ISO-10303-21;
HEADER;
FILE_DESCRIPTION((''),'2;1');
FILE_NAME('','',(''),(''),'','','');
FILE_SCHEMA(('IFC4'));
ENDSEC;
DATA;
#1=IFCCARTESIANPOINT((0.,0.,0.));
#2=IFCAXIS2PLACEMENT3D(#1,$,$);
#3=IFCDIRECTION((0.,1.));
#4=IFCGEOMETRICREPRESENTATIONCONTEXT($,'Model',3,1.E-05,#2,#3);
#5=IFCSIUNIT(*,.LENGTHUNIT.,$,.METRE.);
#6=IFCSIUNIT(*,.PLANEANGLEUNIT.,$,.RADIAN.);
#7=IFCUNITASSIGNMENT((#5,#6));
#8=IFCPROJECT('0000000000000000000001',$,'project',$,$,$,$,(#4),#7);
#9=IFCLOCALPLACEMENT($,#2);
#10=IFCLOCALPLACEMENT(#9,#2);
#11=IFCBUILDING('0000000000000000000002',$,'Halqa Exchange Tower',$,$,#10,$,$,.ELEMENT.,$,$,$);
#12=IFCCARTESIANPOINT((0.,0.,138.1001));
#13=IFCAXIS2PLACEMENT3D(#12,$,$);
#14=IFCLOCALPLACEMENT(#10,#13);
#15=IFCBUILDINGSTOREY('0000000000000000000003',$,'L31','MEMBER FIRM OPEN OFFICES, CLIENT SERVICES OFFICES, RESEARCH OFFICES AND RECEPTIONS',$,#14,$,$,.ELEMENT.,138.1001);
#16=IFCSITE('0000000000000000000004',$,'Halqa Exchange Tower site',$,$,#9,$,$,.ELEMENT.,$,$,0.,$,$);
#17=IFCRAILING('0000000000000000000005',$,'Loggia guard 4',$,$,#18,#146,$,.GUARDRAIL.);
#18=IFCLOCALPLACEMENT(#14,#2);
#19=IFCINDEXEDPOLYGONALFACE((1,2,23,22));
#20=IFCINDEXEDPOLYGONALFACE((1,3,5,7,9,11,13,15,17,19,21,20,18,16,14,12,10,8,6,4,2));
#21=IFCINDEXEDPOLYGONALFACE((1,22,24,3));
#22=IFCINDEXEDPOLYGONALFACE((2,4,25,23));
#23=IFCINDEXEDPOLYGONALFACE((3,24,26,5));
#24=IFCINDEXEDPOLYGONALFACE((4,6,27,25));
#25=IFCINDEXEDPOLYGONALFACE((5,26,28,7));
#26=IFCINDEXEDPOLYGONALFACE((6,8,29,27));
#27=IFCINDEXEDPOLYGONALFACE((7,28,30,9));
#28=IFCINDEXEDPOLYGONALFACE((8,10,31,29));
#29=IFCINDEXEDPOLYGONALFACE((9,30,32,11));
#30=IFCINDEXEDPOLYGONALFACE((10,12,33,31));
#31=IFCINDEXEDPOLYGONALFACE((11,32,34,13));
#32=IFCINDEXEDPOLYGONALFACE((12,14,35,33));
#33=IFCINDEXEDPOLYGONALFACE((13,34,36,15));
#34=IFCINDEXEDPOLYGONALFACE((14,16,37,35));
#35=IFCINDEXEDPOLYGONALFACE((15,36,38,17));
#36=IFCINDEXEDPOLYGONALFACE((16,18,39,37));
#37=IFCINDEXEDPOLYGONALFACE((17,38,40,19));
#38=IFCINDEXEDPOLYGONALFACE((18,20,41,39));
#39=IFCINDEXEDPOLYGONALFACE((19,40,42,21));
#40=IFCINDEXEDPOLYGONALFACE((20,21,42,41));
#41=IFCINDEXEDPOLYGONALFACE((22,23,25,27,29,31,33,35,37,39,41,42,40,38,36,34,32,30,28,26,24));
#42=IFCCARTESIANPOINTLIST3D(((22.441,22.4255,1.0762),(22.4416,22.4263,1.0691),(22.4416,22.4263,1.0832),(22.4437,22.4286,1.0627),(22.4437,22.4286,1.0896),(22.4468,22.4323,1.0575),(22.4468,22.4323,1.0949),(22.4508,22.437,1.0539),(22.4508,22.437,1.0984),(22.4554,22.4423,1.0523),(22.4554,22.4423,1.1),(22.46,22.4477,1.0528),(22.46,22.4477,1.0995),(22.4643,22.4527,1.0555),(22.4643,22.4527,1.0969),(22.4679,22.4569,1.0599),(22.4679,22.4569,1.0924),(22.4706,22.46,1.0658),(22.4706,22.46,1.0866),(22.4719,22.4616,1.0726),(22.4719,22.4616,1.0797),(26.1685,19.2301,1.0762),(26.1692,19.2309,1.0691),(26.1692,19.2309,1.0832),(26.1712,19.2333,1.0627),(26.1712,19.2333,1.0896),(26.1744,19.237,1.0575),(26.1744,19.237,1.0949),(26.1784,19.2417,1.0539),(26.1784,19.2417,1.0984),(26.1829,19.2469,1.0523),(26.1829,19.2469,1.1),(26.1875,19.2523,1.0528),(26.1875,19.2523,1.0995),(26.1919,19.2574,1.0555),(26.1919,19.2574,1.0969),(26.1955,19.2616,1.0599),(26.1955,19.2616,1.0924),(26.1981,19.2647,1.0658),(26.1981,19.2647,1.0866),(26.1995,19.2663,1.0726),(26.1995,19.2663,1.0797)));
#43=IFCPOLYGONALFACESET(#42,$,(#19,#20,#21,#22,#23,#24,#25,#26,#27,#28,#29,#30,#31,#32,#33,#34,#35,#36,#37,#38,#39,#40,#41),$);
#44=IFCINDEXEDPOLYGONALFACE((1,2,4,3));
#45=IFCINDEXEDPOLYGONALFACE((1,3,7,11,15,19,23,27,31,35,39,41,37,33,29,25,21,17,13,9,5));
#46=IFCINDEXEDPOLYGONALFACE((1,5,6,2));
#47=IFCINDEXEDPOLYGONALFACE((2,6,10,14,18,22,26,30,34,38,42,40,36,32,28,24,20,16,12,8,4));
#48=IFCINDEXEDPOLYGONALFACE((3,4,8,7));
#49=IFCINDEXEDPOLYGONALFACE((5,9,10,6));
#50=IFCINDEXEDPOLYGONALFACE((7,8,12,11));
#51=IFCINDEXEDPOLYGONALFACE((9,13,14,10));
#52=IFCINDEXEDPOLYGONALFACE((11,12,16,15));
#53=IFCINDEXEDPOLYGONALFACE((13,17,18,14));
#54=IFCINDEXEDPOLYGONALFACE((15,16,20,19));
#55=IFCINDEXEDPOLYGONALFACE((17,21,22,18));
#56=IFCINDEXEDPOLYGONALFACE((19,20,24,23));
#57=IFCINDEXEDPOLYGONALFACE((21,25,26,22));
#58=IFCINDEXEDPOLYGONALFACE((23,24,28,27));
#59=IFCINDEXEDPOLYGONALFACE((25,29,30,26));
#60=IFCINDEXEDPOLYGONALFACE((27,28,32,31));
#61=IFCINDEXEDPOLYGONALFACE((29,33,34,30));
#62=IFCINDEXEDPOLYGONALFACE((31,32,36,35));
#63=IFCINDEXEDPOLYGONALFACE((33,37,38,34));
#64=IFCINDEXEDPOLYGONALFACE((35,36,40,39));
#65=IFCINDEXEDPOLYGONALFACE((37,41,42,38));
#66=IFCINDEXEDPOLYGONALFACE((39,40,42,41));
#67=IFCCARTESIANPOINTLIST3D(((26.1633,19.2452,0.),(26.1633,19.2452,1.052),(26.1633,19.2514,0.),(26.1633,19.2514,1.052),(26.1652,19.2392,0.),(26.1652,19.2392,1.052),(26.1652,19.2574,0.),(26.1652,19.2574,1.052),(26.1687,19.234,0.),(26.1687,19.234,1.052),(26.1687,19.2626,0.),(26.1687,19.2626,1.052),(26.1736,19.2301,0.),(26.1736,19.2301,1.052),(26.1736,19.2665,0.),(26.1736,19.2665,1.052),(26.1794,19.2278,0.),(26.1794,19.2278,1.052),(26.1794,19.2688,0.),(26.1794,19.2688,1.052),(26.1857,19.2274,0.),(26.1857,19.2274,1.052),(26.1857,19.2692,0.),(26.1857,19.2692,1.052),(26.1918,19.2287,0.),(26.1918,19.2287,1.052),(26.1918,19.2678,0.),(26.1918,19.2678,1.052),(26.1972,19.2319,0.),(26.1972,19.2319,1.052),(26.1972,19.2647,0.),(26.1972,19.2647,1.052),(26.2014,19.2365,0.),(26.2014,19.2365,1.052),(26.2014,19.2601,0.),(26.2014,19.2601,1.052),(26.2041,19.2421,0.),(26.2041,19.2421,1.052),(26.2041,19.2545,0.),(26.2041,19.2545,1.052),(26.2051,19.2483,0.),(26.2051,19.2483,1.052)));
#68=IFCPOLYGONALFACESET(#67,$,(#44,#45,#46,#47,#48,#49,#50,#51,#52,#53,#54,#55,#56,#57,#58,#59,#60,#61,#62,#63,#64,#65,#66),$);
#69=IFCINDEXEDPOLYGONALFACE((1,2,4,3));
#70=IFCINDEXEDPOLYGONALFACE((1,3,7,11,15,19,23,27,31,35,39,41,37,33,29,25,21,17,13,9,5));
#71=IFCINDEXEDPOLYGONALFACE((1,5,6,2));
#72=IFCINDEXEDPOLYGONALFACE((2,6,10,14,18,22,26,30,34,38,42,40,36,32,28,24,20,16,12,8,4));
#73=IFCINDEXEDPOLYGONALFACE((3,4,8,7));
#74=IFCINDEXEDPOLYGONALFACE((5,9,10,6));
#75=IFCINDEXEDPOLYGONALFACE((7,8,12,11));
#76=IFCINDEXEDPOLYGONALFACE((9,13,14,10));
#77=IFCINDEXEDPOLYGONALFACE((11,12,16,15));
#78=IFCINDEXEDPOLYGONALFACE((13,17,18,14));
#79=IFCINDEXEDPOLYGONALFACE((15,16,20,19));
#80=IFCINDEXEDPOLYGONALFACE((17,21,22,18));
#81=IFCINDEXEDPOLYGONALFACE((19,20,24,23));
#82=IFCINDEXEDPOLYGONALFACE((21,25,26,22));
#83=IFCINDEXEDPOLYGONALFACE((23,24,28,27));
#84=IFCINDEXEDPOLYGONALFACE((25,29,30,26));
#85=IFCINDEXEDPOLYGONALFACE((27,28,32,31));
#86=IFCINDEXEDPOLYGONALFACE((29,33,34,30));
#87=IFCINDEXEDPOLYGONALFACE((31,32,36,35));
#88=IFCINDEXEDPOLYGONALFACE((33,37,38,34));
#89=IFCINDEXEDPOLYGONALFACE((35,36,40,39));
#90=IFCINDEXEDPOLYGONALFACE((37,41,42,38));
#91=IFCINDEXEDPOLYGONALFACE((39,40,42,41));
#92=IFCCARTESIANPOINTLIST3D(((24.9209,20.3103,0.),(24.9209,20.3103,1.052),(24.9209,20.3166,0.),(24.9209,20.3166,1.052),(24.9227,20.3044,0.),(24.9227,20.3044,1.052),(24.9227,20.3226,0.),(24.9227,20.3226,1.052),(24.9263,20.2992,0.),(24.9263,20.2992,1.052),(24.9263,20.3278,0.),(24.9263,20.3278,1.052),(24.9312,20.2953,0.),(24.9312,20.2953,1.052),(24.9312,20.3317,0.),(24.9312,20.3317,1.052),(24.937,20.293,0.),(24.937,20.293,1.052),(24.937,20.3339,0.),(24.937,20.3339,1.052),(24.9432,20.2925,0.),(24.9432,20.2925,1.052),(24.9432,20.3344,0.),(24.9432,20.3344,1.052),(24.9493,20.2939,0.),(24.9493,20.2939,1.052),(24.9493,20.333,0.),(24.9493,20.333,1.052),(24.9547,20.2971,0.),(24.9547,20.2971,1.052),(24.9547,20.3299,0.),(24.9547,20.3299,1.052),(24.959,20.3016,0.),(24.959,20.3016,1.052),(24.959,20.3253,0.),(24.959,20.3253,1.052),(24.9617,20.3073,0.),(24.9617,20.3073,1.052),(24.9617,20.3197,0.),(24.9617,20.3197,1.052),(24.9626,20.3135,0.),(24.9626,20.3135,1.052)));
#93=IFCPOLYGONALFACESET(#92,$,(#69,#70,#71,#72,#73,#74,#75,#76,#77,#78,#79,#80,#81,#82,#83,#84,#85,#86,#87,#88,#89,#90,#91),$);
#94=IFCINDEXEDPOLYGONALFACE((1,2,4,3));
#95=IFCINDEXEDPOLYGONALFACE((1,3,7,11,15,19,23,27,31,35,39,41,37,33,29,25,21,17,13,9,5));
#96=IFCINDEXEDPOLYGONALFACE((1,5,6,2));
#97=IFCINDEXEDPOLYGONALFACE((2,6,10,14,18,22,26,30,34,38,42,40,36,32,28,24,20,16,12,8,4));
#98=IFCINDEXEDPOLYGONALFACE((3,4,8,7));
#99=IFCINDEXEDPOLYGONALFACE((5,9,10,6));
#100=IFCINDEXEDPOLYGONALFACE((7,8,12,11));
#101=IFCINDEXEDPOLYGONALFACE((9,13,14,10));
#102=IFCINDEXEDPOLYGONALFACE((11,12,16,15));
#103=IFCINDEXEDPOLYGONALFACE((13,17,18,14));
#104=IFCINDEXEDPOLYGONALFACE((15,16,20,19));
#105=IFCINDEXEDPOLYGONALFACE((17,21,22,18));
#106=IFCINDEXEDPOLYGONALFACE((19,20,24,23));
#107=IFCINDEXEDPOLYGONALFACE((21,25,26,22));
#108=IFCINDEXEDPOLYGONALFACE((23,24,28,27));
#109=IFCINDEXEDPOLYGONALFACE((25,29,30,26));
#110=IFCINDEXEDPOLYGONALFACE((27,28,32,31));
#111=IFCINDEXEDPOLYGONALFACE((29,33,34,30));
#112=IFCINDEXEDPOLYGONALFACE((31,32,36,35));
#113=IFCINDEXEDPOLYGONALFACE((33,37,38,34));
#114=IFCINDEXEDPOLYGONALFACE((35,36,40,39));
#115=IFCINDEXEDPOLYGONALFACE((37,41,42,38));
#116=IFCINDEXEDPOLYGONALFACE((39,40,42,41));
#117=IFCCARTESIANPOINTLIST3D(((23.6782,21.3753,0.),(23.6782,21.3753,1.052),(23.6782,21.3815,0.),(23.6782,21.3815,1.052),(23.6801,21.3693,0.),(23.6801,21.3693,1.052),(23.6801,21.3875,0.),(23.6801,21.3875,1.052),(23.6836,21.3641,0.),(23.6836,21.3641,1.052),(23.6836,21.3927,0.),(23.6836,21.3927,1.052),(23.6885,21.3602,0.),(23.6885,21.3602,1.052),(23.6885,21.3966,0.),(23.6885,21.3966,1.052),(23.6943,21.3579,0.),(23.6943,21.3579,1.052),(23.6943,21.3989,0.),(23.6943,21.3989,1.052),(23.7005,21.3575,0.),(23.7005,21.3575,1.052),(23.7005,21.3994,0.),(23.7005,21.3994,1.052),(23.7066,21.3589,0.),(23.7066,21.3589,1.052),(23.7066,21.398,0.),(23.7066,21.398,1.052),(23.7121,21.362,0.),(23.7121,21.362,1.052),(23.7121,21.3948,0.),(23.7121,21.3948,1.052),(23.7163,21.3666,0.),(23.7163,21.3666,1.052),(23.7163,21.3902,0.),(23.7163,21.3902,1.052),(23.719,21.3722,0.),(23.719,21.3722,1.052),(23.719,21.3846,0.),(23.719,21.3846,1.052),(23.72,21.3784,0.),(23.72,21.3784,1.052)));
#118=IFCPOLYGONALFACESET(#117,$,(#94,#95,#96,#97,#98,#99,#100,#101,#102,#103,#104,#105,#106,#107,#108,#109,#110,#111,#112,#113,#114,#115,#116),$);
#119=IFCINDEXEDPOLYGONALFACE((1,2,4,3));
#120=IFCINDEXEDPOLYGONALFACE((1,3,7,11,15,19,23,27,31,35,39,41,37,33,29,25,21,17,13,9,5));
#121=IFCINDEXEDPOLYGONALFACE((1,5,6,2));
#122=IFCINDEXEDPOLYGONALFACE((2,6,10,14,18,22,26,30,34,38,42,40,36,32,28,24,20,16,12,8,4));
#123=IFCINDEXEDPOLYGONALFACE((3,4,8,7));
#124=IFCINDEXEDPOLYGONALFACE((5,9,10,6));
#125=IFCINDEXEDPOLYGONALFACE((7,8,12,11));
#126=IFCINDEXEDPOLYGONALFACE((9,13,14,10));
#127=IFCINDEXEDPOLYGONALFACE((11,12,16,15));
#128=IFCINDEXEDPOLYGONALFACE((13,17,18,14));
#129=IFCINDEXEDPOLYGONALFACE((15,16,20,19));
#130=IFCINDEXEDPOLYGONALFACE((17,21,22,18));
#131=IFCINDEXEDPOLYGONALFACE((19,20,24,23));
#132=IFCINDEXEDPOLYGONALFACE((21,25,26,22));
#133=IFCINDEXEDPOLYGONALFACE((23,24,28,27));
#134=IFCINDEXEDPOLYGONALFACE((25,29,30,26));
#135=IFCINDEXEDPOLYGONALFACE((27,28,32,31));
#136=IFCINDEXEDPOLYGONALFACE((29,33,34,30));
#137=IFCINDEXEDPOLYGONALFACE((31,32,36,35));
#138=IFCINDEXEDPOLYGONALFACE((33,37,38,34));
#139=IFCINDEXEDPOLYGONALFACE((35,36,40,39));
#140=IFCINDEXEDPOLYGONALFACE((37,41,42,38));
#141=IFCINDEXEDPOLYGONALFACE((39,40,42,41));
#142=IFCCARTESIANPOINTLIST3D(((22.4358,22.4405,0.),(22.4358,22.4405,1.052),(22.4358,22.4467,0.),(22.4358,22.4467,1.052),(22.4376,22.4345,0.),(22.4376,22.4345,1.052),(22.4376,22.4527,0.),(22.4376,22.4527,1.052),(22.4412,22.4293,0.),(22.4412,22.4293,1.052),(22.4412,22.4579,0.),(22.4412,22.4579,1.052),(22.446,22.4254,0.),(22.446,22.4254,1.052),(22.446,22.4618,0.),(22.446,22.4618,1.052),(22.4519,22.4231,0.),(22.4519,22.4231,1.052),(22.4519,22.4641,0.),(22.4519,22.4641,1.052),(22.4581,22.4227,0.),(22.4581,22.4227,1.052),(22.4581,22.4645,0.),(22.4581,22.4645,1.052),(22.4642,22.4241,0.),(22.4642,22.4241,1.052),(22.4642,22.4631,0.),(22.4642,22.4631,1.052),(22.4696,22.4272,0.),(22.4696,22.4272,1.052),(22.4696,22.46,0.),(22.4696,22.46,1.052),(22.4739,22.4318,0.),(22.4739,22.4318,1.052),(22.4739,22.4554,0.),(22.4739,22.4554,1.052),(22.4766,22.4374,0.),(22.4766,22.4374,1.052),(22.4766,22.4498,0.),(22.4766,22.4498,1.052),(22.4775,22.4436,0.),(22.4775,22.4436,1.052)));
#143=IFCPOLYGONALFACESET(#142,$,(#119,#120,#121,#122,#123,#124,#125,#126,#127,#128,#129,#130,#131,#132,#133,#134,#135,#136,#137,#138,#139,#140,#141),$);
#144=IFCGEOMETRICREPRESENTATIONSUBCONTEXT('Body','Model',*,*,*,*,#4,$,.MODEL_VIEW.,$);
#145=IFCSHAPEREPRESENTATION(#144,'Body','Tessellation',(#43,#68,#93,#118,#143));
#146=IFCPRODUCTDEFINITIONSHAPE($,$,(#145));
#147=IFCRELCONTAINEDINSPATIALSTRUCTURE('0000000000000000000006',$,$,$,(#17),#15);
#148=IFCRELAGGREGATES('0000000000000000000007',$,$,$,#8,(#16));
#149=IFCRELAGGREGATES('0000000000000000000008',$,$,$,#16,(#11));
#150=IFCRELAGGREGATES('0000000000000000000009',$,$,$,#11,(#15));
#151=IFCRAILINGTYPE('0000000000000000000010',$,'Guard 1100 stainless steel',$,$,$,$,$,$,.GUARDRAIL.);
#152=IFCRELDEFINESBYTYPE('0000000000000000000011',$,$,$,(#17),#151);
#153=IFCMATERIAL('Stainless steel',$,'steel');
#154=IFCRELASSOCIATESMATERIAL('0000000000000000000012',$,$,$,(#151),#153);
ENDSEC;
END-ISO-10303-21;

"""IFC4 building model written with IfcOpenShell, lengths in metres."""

from ifc_helpers import new_model, si_unit, direction, frame, origin, origin_2d, place, context, subcontext, project, spatial, circle, extrude, material, type_object, element, save


model = new_model("IFC4")

# Units and contexts
model_context = context("Model", 3, precision=1e-05, world=origin(), true_north=direction((0.0, 1.0)))
body_context = subcontext(model_context, "Body", "Model", "MODEL_VIEW")
ifc_project = project(units=[si_unit("LENGTHUNIT", "METRE"), si_unit("PLANEANGLEUNIT", "RADIAN")], contexts=[model_context])

# Site, building, storey
site_placement = place(None, origin())
site = spatial("IfcSite", under=ifc_project, at=site_placement, Name="Halqa Exchange Tower site", CompositionType="ELEMENT", RefElevation=0.0)
building_placement = place(site_placement, origin())
building = spatial("IfcBuilding", under=site, at=building_placement, Name="Halqa Exchange Tower", CompositionType="ELEMENT")
storey_placement = place(building_placement, frame((0.0, 0.0, 138.1001)))
storey = spatial("IfcBuildingStorey", under=building, at=storey_placement, Name="L31", Description="MEMBER FIRM OPEN OFFICES, CLIENT SERVICES OFFICES, RESEARCH OFFICES AND RECEPTIONS", CompositionType="ELEMENT", Elevation=138.1001)

# Railing
ifc_material_1 = material(Name="Stainless steel", Category="steel")
railing_type = type_object("IfcRailingType", Name="Guard 1100 stainless steel", PredefinedType="GUARDRAIL", material=ifc_material_1)
railing_1_placement = place(storey_placement, frame((26.1841, 19.2483, 0.0)))
element("IfcRailing", 1, at=railing_1_placement, inside=storey, type_object=railing_type, Name="Loggia guard 4", PredefinedType="GUARDRAIL", context=body_context, shape_type="SweptSolid", body=[
    extrude(circle(Radius=0.0239, at=origin_2d()), frame((0.0, 0.0, 1.0762), z_axis=(-0.759229, 0.650824, 0.0), x_axis=(-0.650824, -0.759229, 0.0)), (0.0, 0.0, 1.0), 4.9097),
    extrude(circle(Radius=0.021, at=origin_2d()), origin(), (0.0, 0.0, 1.0), 1.052),
    extrude(circle(Radius=0.021, at=origin_2d()), frame((-1.2424, 1.0652, 0.0)), (0.0, 0.0, 1.0), 1.052),
    extrude(circle(Radius=0.021, at=origin_2d()), frame((-2.4851, 2.1301, 0.0)), (0.0, 0.0, 1.0), 1.052),
    extrude(circle(Radius=0.021, at=origin_2d()), frame((-3.7275, 3.1953, 0.0)), (0.0, 0.0, 1.0), 1.052),
])

save(model, "model.ifc")
